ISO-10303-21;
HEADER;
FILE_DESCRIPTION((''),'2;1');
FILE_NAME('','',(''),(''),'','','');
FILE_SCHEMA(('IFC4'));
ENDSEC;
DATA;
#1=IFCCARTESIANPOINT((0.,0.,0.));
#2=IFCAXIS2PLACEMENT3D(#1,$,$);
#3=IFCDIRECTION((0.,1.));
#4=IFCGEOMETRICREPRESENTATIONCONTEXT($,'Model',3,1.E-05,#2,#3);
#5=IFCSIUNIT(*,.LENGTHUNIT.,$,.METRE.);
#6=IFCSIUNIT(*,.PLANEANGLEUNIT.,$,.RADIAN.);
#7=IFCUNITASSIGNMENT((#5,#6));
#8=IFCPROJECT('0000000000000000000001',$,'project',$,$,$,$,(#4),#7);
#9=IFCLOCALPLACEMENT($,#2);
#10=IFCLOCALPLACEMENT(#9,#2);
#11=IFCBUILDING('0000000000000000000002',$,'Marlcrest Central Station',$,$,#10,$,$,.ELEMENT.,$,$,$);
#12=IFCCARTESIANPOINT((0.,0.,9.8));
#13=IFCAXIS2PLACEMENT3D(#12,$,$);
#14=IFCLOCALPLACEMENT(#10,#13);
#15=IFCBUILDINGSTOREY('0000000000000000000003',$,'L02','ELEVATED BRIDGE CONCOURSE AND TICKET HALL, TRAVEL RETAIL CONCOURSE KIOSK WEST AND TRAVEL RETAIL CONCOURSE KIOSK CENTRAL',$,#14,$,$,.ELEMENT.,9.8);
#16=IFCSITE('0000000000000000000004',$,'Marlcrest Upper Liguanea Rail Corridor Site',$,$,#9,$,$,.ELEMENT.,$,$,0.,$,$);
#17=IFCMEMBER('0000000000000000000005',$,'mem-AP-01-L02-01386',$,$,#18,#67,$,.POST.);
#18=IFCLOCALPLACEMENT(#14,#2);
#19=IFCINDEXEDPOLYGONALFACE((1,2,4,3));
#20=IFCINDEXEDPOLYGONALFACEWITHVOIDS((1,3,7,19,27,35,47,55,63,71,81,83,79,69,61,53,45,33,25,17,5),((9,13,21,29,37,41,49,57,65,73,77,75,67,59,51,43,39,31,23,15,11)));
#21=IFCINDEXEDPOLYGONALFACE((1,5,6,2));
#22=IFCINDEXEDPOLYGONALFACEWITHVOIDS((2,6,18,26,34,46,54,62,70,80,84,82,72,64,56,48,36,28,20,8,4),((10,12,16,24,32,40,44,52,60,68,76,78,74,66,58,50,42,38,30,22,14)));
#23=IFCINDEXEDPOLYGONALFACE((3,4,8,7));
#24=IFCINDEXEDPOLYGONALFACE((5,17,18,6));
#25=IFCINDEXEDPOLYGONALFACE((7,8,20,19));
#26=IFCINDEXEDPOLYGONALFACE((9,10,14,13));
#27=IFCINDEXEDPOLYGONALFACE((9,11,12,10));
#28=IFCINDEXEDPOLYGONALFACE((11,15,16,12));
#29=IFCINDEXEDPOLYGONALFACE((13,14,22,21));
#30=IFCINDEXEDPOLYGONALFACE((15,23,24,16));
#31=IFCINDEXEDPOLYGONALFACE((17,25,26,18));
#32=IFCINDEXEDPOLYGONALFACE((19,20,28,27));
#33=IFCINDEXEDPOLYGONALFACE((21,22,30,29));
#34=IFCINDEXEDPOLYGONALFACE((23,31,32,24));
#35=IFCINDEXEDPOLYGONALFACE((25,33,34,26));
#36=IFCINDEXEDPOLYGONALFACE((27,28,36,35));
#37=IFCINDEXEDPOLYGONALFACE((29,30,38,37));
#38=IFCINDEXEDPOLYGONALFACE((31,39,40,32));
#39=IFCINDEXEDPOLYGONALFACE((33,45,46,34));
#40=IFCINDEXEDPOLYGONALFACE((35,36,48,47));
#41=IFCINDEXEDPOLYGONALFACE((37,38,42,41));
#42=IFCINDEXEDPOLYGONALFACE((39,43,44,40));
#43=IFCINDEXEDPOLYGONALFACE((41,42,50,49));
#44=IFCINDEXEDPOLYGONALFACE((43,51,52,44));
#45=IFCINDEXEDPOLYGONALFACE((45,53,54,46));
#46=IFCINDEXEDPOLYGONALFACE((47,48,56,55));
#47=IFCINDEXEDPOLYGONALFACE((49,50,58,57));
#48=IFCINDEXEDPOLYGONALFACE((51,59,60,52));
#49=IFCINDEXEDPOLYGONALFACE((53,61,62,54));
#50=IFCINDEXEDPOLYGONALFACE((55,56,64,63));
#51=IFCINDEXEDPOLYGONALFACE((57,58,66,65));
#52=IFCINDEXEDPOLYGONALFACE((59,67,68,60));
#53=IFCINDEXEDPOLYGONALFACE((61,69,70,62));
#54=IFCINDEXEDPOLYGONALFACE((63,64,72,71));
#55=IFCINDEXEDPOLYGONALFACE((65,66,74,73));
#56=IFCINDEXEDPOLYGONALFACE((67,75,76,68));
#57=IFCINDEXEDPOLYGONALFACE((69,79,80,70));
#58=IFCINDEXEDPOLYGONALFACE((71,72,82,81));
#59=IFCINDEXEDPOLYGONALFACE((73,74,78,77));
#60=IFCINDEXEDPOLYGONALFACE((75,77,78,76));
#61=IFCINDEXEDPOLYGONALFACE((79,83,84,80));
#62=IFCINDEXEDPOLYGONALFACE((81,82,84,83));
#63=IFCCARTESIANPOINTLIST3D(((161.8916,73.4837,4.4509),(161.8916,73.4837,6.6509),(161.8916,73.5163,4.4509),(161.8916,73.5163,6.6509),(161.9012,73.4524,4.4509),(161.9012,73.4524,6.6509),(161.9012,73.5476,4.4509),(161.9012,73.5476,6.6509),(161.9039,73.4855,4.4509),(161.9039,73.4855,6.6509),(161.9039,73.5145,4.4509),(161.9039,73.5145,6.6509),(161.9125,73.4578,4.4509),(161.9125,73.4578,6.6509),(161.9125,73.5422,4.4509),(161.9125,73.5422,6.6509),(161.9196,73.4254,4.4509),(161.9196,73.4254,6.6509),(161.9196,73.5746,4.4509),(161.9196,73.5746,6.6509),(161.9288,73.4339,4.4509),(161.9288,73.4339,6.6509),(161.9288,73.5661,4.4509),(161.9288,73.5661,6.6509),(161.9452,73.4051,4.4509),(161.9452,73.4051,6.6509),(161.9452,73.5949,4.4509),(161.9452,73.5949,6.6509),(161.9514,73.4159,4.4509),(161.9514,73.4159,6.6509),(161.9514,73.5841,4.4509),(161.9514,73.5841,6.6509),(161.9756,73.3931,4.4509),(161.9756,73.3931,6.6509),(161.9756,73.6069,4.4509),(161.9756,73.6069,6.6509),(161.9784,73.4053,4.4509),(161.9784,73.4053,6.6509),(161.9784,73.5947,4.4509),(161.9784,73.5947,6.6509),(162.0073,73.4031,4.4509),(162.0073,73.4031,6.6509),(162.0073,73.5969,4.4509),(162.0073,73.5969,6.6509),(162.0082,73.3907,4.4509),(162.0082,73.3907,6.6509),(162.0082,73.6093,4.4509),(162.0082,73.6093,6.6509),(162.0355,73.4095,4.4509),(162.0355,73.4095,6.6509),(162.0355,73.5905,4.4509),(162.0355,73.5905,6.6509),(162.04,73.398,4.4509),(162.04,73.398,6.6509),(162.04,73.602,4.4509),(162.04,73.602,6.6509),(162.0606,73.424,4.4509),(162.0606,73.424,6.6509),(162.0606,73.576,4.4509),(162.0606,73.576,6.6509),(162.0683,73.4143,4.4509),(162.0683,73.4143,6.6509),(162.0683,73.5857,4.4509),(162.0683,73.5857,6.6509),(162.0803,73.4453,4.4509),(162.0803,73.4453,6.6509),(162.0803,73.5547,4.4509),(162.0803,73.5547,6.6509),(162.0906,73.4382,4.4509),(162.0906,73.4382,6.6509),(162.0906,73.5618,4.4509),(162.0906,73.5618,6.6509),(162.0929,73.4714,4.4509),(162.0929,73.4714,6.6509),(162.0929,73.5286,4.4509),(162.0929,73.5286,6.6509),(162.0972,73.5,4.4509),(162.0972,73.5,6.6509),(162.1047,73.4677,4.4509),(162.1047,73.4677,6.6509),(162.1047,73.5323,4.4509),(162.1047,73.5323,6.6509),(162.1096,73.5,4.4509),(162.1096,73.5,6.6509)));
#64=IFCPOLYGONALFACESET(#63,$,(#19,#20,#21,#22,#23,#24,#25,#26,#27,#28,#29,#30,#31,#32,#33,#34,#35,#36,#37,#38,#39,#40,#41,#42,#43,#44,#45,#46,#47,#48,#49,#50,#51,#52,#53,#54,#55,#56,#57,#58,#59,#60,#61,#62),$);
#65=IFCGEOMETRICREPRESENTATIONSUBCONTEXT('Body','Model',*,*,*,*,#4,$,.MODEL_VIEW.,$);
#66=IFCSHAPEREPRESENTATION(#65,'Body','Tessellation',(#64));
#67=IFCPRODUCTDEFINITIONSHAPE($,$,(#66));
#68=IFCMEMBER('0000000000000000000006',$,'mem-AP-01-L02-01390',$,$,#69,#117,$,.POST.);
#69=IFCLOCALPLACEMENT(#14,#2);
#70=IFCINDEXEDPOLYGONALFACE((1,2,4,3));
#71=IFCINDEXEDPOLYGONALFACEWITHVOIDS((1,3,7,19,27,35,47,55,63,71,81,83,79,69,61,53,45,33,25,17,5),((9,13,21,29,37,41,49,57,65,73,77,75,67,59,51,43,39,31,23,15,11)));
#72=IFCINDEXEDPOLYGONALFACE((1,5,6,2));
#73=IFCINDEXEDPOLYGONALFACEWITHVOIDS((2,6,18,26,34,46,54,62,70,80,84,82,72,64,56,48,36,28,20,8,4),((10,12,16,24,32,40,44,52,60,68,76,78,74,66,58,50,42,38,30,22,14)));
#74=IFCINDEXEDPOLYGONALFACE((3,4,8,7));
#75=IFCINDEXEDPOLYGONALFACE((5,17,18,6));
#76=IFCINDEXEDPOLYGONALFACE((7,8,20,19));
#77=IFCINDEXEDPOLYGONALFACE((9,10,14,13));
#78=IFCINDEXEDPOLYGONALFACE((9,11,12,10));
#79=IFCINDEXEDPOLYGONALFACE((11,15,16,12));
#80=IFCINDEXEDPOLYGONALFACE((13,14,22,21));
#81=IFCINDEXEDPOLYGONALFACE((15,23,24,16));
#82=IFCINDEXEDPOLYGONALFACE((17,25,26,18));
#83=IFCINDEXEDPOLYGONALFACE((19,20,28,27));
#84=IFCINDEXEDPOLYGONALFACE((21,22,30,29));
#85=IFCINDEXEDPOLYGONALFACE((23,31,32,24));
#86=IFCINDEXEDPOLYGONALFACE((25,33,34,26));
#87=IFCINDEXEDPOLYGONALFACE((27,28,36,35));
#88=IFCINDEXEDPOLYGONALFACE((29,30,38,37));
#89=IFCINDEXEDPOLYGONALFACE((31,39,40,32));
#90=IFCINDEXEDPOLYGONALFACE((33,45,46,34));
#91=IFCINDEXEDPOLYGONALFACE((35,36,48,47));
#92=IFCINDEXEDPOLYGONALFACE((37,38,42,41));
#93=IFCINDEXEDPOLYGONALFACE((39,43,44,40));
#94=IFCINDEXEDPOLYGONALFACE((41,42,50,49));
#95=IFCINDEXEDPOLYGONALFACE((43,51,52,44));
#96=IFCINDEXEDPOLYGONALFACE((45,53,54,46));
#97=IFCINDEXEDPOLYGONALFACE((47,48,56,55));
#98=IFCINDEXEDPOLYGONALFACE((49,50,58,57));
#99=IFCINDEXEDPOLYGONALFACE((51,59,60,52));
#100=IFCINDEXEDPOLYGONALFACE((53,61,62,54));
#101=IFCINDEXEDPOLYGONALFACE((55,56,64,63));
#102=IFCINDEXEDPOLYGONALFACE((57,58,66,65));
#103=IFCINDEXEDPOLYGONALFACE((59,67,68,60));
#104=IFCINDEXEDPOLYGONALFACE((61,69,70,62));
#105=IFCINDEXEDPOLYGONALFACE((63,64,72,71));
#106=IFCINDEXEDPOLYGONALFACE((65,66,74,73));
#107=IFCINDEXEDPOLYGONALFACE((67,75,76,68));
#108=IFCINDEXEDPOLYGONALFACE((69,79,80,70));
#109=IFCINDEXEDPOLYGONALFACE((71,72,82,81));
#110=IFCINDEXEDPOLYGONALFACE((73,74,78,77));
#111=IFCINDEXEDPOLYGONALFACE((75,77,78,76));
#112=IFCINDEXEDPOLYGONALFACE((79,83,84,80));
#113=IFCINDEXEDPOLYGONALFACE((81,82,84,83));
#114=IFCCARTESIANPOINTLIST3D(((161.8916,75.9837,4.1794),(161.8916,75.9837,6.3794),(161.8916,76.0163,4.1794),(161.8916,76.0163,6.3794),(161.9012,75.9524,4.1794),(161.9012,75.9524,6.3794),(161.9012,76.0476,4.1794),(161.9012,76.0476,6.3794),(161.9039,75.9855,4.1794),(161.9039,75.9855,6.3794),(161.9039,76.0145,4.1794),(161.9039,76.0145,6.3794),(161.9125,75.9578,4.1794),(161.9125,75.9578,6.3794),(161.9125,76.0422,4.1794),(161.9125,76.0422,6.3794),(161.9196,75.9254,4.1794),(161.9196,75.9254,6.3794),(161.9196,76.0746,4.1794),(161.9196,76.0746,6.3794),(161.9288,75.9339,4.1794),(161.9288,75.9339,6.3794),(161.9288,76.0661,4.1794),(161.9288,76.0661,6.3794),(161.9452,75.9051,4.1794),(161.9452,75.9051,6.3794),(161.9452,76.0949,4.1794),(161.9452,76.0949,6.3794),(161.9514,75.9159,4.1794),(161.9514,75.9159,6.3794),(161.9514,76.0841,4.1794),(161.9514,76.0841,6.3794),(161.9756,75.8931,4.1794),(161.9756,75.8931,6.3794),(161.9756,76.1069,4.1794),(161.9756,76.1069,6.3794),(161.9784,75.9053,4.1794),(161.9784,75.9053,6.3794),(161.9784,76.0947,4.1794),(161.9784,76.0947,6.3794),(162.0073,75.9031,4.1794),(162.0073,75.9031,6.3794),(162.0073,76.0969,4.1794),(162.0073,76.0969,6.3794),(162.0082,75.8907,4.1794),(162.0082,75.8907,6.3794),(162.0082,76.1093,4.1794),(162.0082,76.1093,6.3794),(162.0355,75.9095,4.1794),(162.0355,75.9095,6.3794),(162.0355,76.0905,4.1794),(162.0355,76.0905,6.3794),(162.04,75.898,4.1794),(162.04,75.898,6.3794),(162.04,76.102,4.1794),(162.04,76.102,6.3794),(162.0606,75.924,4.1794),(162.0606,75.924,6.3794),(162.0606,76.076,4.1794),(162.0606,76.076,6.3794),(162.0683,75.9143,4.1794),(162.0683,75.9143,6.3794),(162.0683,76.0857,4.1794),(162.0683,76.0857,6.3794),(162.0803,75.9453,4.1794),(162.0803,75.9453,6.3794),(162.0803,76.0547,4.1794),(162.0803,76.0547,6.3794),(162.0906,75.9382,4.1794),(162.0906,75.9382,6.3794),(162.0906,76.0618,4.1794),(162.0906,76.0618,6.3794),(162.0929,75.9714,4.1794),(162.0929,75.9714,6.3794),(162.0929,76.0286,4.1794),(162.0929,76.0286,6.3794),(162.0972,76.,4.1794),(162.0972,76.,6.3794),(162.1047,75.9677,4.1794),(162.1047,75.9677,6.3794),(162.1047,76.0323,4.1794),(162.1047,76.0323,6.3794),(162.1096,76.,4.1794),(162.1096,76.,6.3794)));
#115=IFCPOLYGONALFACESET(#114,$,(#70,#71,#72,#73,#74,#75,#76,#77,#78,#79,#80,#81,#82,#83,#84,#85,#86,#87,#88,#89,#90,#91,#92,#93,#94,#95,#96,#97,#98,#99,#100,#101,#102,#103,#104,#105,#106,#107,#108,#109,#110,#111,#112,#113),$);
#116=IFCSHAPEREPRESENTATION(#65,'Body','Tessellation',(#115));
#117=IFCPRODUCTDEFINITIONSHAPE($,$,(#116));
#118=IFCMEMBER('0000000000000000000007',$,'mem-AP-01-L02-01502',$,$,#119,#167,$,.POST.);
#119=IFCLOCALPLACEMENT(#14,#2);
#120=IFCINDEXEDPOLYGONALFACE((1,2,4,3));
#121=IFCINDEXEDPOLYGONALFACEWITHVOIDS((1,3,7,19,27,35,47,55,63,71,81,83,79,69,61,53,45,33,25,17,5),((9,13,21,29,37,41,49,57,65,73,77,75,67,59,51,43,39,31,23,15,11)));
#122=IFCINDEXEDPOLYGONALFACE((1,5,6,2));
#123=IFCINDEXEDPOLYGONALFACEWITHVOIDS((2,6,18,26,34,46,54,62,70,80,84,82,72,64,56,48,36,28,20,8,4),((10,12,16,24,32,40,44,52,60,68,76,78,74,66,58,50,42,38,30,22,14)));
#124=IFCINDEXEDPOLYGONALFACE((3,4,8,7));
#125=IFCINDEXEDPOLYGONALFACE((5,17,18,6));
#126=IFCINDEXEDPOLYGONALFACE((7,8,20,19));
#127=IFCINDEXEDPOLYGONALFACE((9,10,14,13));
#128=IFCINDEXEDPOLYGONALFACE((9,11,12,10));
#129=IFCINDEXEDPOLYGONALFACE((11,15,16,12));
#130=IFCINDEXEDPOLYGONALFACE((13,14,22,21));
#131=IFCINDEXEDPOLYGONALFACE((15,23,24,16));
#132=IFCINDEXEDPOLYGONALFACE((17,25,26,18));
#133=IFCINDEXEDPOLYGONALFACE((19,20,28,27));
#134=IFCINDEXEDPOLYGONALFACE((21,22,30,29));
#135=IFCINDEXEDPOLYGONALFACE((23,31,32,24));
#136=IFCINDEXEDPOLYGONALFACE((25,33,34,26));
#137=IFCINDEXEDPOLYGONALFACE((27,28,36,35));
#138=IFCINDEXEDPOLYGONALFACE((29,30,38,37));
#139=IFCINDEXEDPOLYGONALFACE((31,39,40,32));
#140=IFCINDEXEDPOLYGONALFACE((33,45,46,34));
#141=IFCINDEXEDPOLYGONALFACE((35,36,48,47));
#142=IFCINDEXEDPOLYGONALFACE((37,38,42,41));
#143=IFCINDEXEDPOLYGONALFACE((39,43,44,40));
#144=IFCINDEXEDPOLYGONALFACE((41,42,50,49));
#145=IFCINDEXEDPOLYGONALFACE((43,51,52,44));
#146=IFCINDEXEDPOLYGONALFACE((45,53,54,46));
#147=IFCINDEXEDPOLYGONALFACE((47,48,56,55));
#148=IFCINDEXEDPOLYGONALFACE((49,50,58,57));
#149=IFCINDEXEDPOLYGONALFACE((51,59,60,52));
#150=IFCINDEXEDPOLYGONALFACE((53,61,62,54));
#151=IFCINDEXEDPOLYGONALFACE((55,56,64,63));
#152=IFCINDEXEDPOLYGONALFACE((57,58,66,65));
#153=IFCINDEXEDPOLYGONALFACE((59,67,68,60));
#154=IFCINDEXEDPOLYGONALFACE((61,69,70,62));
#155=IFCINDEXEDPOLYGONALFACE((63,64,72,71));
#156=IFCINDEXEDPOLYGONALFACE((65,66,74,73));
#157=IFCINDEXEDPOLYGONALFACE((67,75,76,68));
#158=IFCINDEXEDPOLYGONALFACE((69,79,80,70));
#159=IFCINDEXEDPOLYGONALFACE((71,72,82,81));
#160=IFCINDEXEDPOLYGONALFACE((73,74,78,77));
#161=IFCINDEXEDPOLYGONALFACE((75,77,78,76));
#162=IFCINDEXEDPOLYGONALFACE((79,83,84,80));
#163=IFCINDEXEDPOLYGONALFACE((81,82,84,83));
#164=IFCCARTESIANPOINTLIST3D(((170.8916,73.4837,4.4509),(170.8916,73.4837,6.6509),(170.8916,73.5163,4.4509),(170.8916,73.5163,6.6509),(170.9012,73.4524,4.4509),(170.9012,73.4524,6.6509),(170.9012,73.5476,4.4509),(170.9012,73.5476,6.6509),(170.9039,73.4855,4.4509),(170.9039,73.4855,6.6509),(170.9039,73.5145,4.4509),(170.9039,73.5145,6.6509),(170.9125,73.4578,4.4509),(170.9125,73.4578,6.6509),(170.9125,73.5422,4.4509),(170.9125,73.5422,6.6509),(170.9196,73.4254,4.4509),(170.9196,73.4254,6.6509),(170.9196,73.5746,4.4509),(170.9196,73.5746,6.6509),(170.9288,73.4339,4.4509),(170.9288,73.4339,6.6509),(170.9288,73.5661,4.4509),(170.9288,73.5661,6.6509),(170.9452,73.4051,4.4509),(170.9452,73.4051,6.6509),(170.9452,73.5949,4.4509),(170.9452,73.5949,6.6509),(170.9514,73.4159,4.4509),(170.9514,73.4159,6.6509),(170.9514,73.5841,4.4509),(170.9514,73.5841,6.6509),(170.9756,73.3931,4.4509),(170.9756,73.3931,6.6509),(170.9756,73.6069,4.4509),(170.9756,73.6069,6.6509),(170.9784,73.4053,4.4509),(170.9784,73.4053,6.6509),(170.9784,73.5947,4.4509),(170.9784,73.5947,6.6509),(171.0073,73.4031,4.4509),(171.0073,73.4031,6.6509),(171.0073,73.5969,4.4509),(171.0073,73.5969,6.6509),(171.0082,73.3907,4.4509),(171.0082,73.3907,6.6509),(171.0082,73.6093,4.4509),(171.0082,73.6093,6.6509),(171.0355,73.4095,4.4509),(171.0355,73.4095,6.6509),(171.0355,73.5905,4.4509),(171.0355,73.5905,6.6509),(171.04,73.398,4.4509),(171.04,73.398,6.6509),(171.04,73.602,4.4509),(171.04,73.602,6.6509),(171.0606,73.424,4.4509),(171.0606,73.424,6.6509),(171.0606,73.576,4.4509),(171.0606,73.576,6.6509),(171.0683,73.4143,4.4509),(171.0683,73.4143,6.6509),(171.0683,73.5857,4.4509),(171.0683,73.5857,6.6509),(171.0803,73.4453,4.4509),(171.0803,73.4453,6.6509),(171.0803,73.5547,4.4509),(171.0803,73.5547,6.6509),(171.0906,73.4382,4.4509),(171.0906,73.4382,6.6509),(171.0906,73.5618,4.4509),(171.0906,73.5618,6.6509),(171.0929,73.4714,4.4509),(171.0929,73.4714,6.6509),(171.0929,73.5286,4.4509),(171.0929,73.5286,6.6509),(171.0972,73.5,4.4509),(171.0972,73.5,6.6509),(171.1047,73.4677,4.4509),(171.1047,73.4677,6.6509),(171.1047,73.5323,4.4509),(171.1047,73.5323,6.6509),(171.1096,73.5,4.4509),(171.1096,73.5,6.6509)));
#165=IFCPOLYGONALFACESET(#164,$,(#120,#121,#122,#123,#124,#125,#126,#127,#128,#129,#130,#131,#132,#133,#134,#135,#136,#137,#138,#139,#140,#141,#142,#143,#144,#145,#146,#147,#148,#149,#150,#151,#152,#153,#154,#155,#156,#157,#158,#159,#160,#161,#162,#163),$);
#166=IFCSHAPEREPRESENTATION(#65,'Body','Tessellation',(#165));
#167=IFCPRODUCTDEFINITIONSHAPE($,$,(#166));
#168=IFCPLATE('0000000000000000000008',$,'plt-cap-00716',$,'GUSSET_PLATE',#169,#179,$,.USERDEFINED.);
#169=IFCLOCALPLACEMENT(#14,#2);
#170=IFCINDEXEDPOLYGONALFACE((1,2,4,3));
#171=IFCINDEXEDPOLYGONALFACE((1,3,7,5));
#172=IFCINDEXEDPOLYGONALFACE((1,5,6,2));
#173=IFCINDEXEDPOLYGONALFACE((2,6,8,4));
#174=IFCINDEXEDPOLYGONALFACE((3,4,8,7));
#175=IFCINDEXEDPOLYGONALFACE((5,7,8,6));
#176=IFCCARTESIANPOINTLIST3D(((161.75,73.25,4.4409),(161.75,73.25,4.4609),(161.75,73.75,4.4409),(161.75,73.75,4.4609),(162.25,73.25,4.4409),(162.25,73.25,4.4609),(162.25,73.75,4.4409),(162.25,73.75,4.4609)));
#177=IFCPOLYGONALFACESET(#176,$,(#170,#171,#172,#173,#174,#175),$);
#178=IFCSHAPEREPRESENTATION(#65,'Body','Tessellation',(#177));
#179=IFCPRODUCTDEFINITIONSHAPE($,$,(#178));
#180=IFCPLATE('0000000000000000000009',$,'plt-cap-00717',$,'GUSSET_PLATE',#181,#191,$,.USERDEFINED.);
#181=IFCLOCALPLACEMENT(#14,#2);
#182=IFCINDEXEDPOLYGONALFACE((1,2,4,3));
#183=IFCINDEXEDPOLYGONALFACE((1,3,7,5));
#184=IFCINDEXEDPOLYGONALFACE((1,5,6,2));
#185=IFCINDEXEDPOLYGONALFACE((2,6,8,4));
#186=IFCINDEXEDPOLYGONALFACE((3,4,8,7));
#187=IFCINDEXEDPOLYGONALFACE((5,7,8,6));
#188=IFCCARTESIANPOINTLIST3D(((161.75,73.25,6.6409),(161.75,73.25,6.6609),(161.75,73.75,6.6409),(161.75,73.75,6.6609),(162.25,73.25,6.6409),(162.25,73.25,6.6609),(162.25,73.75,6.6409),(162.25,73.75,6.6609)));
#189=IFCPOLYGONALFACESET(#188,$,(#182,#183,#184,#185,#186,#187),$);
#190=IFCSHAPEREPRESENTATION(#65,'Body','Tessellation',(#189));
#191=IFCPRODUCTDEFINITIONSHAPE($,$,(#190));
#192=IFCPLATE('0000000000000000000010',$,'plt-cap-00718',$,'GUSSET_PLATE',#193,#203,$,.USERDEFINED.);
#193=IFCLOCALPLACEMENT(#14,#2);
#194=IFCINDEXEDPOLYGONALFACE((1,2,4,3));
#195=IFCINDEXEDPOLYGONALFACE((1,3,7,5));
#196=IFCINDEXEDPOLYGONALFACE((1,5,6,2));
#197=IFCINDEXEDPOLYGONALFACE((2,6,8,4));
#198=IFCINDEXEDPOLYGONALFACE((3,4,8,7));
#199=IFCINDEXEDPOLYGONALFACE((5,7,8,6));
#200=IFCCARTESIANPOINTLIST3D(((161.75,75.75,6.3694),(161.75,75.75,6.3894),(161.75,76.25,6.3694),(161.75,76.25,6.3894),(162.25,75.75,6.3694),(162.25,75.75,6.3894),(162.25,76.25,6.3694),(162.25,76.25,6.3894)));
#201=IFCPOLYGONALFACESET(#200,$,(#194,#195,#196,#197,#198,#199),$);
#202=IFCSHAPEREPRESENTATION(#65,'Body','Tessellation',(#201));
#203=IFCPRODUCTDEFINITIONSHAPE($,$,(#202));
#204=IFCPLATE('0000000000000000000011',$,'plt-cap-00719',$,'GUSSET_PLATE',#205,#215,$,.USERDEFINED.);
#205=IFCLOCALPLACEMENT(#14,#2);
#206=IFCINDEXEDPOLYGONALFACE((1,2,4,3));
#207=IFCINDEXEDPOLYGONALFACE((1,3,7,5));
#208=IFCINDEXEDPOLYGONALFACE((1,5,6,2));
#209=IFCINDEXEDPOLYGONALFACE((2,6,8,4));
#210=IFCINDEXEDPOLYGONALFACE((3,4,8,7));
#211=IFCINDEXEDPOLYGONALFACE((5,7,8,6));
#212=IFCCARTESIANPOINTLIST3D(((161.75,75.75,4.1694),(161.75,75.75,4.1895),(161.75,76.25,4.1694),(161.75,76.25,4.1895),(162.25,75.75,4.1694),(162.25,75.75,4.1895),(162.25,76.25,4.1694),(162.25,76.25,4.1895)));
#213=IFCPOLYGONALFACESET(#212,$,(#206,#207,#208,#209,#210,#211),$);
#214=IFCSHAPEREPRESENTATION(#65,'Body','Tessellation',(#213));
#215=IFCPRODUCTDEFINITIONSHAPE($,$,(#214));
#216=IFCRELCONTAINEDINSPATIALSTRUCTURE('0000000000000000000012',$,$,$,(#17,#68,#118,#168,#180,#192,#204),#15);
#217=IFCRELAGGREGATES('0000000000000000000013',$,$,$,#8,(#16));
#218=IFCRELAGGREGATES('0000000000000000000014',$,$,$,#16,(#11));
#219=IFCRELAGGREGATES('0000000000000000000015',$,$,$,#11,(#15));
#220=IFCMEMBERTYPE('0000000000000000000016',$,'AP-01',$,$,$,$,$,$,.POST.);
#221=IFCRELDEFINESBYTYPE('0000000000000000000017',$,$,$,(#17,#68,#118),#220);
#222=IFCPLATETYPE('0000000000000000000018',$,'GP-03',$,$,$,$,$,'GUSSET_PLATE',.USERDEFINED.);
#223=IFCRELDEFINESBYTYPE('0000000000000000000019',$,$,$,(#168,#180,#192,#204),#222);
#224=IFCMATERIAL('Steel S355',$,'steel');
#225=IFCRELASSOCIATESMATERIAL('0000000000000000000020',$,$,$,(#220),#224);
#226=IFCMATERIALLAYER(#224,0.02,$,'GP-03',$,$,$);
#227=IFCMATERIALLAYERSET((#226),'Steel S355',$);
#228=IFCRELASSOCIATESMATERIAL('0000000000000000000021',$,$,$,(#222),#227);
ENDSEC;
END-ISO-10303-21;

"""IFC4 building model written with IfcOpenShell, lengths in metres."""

from ifc_helpers import new_model, si_unit, direction, frame, origin, origin_2d, place, context, subcontext, project, spatial, rectangle, hollow_circle, extrude, material, layer, layer_set, material_profile, profile_set, type_object, element, save


model = new_model("IFC4")

# Units and contexts
model_context = context("Model", 3, precision=1e-05, world=origin(), true_north=direction((0.0, 1.0)))
body_context = subcontext(model_context, "Body", "Model", "MODEL_VIEW")
ifc_project = project(units=[si_unit("LENGTHUNIT", "METRE"), si_unit("PLANEANGLEUNIT", "RADIAN")], contexts=[model_context])

# Site, building, storey
site_placement = place(None, origin())
site = spatial("IfcSite", under=ifc_project, at=site_placement, Name="Marlcrest Upper Liguanea Rail Corridor Site", CompositionType="ELEMENT", RefElevation=0.0)
building_placement = place(site_placement, origin())
building = spatial("IfcBuilding", under=site, at=building_placement, Name="Marlcrest Central Station", CompositionType="ELEMENT")
storey_placement = place(building_placement, frame((0.0, 0.0, 9.8)))
storey = spatial("IfcBuildingStorey", under=building, at=storey_placement, Name="L02", Description="ELEVATED BRIDGE CONCOURSE AND TICKET HALL, TRAVEL RETAIL CONCOURSE KIOSK WEST AND TRAVEL RETAIL CONCOURSE KIOSK CENTRAL", CompositionType="ELEMENT", Elevation=9.8)

# Members
ifc_material = material(Name="Steel S355", Category="steel")
ifc_material_profile_1 = material_profile(ifc_material, hollow_circle(Radius=0.1096, WallThickness=0.0125, at=origin_2d()), Name="CHS 219.1x12.5")
ifc_profile_set_1 = profile_set([ifc_material_profile_1], Name="Steel S355")
member_type_1 = type_object("IfcMemberType", Name="AP-01", PredefinedType="POST", material=ifc_profile_set_1)
for number, where, z_axis, x_axis, name in (
    (1, (162.0, 73.5, 4.4509), (0.0, 0.0, 1.0), (1.0, 0.0, 0.0), "mem-AP-01-L02-01386"),
    (2, (162.0, 76.0, 4.1794), (0.0, 0.0, 1.0), (1.0, 0.0, 0.0), "mem-AP-01-L02-01390"),
    (3, (171.0, 73.5, 4.4509), (0.0, 0.0, 1.0), (1.0, 0.0, 0.0), "mem-AP-01-L02-01502"),
):
    element("IfcMember", number, at=place(storey_placement, frame(where, z_axis=z_axis, x_axis=x_axis)), inside=storey, type_object=member_type_1, Name=name, PredefinedType="POST", context=body_context, shape_type="SweptSolid", body=[
        extrude(hollow_circle(Radius=0.1096, WallThickness=0.0125, at=origin_2d()), origin(), (0.0, 0.0, 1.0), 2.2),
    ])

# Plates
ifc_layer = layer(ifc_material, 0.02, Name="GP-03")
ifc_layer_set = layer_set([ifc_layer], Name="Steel S355")
plate_type = type_object("IfcPlateType", Name="GP-03", ElementType="GUSSET_PLATE", PredefinedType="USERDEFINED", material=ifc_layer_set)
for number, where, z_axis, x_axis, name in (
    (4, (162.0, 73.5, 4.4409), (0.0, 0.0, 1.0), (1.0, 0.0, 0.0), "plt-cap-00716"),
    (5, (162.0, 73.5, 6.6409), (0.0, 0.0, 1.0), (1.0, 0.0, 0.0), "plt-cap-00717"),
    (6, (162.0, 76.0, 6.3694), (0.0, 0.0, 1.0), (1.0, 0.0, 0.0), "plt-cap-00718"),
    (7, (162.0, 76.0, 4.1694), (0.0, 0.0, 1.0), (1.0, 0.0, 0.0), "plt-cap-00719"),
):
    element("IfcPlate", number, at=place(storey_placement, frame(where, z_axis=z_axis, x_axis=x_axis)), inside=storey, type_object=plate_type, Name=name, ObjectType="GUSSET_PLATE", PredefinedType="USERDEFINED", context=body_context, shape_type="SweptSolid", body=[
        extrude(rectangle(XDim=0.5, YDim=0.5, at=origin_2d()), origin(), (0.0, 0.0, 1.0), 0.02),
    ])

save(model, "model.ifc")
